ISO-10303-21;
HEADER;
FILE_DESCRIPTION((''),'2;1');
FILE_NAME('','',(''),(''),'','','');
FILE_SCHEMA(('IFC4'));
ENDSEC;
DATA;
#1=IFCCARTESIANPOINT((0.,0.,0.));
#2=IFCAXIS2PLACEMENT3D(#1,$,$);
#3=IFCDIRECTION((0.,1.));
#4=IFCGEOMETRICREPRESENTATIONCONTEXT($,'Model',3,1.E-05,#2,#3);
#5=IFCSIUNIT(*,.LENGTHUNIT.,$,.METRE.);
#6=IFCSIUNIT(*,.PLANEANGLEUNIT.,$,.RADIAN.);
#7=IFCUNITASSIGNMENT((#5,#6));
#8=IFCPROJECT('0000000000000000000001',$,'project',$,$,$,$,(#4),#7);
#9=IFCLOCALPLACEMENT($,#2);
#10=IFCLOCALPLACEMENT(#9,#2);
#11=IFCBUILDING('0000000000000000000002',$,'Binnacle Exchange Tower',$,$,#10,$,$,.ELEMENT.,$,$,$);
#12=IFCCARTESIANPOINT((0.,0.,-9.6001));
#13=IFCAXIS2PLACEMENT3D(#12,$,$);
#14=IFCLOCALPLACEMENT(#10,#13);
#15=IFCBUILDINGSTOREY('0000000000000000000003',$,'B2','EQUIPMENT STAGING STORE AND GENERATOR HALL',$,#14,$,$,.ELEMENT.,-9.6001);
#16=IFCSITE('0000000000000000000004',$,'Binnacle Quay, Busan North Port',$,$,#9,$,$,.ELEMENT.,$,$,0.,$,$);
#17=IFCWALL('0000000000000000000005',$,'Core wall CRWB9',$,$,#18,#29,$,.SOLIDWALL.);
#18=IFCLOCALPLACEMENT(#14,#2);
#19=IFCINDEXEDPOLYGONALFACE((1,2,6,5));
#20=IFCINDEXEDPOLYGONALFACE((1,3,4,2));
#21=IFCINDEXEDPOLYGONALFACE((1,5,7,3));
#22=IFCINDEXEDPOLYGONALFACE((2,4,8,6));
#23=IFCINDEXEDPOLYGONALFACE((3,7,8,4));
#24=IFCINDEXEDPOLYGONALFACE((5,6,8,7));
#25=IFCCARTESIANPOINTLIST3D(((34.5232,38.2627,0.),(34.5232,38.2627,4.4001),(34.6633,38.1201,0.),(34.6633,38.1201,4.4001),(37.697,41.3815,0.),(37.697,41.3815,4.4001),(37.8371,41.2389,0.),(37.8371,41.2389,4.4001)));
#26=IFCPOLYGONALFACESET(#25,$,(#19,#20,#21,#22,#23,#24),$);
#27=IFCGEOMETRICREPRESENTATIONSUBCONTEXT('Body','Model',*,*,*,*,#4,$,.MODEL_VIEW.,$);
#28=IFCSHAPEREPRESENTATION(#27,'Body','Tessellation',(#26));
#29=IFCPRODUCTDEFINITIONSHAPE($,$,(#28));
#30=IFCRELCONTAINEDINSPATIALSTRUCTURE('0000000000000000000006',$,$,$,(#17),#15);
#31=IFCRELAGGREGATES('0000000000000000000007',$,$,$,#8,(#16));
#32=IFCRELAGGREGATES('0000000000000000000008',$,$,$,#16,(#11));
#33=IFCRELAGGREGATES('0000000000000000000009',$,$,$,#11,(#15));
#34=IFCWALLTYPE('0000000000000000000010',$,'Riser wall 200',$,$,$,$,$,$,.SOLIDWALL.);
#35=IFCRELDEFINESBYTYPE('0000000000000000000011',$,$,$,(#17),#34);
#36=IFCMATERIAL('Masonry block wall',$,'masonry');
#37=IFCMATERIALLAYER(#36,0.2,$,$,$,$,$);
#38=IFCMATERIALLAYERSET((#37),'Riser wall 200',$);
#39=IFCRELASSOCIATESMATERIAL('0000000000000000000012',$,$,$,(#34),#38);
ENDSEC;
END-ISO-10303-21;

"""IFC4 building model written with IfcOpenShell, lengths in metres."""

from ifc_helpers import new_model, si_unit, direction, frame, frame_2d, origin, place, context, subcontext, project, spatial, rectangle, extrude, material, layer, layer_set, type_object, element, save


model = new_model("IFC4")

# Units and contexts
model_context = context("Model", 3, precision=1e-05, world=origin(), true_north=direction((0.0, 1.0)))
body_context = subcontext(model_context, "Body", "Model", "MODEL_VIEW")
ifc_project = project(units=[si_unit("LENGTHUNIT", "METRE"), si_unit("PLANEANGLEUNIT", "RADIAN")], contexts=[model_context])

# Site, building, storey
site_placement = place(None, origin())
site = spatial("IfcSite", under=ifc_project, at=site_placement, Name="Binnacle Quay, Busan North Port", CompositionType="ELEMENT", RefElevation=0.0)
building_placement = place(site_placement, origin())
building = spatial("IfcBuilding", under=site, at=building_placement, Name="Binnacle Exchange Tower", CompositionType="ELEMENT")
storey_placement = place(building_placement, frame((0.0, 0.0, -9.6001)))
storey = spatial("IfcBuildingStorey", under=building, at=storey_placement, Name="B2", Description="EQUIPMENT STAGING STORE AND GENERATOR HALL", CompositionType="ELEMENT", Elevation=-9.6001)

# Shared definitions
ifc_material_1 = material(Name="Masonry block wall", Category="masonry")

# Wall
ifc_layer_1 = layer(ifc_material_1, 0.2)
ifc_layer_set_1 = layer_set([ifc_layer_1], Name="Riser wall 200")
wall_type_1 = type_object("IfcWallType", Name="Riser wall 200", PredefinedType="SOLIDWALL", material=ifc_layer_set_1)
wall_1_placement = place(storey_placement, frame((34.5933, 38.1914, 0.0), z_axis=(0.0, 0.0, 1.0), x_axis=(0.713252, 0.700907, 0.0)))
element("IfcWall", 1, at=wall_1_placement, inside=storey, type_object=wall_type_1, Name="Core wall CRWB9", PredefinedType="SOLIDWALL", context=body_context, shape_type="SweptSolid", body=[
    extrude(rectangle(XDim=4.4497, YDim=0.2, at=frame_2d((2.2249, 0.0))), origin(), (0.0, 0.0, 1.0), 4.4001),
])

save(model, "model.ifc")
